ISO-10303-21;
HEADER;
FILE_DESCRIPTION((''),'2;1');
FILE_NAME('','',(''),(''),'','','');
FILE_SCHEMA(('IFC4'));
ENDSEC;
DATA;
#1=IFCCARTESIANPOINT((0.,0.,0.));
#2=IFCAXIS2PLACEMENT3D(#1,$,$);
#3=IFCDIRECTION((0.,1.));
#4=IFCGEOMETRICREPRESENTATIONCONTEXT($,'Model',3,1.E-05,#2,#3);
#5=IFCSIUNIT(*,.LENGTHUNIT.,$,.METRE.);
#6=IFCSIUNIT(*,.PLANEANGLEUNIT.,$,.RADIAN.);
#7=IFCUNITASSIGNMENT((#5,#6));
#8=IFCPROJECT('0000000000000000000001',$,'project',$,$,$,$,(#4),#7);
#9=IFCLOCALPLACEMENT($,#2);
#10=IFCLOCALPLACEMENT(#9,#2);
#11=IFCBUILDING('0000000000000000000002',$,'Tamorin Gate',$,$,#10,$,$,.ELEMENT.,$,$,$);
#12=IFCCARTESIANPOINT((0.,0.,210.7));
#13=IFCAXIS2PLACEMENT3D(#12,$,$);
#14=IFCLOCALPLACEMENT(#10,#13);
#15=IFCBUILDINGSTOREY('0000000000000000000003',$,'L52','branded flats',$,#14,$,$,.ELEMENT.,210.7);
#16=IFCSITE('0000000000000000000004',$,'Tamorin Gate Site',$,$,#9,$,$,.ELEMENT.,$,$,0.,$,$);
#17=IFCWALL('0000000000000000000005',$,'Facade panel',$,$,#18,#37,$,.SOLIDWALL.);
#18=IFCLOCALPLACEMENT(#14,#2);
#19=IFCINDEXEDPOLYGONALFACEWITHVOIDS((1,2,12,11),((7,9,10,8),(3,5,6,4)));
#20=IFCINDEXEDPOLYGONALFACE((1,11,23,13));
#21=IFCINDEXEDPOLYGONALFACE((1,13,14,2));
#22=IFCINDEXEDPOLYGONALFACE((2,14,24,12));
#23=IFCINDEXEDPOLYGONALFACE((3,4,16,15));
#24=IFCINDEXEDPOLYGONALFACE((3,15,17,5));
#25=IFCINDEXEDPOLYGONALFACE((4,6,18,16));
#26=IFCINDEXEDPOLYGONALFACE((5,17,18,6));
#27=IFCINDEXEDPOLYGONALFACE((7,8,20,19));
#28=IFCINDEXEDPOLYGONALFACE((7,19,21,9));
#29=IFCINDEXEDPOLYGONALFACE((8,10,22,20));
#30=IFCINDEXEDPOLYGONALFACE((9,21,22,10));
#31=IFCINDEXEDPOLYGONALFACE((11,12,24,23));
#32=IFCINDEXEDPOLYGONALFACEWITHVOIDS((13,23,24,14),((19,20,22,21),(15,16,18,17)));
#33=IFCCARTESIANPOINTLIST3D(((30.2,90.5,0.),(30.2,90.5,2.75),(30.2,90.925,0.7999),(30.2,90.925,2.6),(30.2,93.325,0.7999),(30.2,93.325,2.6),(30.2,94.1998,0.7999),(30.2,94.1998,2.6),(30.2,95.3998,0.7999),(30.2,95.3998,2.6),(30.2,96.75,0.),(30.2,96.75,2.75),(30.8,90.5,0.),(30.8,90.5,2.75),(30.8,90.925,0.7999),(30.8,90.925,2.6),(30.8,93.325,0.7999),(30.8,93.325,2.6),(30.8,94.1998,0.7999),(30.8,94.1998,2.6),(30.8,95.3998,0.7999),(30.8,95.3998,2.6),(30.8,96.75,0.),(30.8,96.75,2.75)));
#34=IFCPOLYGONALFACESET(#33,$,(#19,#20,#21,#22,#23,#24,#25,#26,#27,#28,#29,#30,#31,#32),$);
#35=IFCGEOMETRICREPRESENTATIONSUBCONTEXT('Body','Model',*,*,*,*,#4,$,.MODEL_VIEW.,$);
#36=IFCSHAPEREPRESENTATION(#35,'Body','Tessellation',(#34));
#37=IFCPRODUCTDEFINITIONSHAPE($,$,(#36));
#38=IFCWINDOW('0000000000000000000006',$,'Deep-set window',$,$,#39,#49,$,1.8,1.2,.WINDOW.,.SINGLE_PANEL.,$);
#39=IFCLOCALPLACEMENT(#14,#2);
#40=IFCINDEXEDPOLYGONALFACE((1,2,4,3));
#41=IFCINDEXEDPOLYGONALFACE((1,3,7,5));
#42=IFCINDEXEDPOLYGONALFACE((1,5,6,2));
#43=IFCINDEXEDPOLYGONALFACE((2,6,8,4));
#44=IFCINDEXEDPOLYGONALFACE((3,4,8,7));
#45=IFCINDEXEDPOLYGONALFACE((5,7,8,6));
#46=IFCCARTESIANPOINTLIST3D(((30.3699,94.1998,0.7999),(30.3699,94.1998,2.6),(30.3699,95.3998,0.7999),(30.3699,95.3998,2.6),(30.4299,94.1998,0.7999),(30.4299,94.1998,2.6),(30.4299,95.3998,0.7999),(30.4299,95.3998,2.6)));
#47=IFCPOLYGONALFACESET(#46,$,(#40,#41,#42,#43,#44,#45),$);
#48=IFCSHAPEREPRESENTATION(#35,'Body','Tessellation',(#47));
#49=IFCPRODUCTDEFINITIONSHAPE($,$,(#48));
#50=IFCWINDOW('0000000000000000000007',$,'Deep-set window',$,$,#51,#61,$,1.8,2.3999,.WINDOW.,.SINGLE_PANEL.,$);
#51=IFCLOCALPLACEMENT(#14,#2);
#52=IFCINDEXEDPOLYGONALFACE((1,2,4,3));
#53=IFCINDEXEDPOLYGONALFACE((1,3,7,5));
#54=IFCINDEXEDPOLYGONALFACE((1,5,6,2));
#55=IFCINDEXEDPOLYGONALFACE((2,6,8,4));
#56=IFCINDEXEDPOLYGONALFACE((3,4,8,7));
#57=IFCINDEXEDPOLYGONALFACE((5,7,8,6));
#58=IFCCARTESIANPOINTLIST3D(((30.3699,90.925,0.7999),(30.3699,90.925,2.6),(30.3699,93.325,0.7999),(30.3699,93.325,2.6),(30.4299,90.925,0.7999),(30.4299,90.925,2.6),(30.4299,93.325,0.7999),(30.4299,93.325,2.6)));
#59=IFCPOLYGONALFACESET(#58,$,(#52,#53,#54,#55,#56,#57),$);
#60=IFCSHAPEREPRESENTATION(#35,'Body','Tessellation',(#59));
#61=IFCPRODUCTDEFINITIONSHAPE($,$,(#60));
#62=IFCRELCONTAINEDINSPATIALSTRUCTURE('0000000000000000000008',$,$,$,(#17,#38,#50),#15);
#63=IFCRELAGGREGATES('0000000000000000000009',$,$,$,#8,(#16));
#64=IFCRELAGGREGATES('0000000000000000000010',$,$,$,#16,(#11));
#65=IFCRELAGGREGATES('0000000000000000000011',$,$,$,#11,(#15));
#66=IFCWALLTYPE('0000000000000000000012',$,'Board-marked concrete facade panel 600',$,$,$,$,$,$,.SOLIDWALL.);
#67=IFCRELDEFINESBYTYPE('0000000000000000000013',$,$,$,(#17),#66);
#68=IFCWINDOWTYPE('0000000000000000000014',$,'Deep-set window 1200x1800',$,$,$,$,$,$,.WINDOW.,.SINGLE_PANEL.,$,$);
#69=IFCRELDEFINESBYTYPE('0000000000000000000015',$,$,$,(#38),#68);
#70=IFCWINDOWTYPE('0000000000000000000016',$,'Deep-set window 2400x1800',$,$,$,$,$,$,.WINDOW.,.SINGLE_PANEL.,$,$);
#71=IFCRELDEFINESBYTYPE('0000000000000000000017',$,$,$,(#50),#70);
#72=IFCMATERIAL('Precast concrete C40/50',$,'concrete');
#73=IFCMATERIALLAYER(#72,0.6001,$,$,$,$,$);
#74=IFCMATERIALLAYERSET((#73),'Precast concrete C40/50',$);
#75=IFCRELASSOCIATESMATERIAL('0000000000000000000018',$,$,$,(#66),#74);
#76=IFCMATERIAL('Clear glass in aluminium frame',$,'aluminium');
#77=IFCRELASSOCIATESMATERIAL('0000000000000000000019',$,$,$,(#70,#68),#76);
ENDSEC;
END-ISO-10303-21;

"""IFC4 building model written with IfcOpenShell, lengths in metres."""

from ifc_helpers import new_model, si_unit, direction, frame, frame_2d, origin, place, context, subcontext, project, spatial, rectangle, extrude, material, layer, layer_set, type_object, element, fill, save


model = new_model("IFC4")

# Units and contexts
model_context = context("Model", 3, precision=1e-05, world=origin(), true_north=direction((0.0, 1.0)))
body_context = subcontext(model_context, "Body", "Model", "MODEL_VIEW")
ifc_project = project(units=[si_unit("LENGTHUNIT", "METRE"), si_unit("PLANEANGLEUNIT", "RADIAN")], contexts=[model_context])

# Site, building, storey
site_placement = place(None, origin())
site = spatial("IfcSite", under=ifc_project, at=site_placement, Name="Tamorin Gate Site", CompositionType="ELEMENT", RefElevation=0.0)
building_placement = place(site_placement, origin())
building = spatial("IfcBuilding", under=site, at=building_placement, Name="Tamorin Gate", CompositionType="ELEMENT")
storey_placement = place(building_placement, frame((0.0, 0.0, 210.7)))
storey = spatial("IfcBuildingStorey", under=building, at=storey_placement, Name="L52", Description="branded flats", CompositionType="ELEMENT", Elevation=210.7)

# Shared definitions
ifc_material_1 = material(Name="Precast concrete C40/50", Category="concrete")
ifc_layer = layer(ifc_material_1, 0.6001)
ifc_layer_set = layer_set([ifc_layer], Name="Precast concrete C40/50")
wall_type = type_object("IfcWallType", Name="Board-marked concrete facade panel 600", PredefinedType="SOLIDWALL", material=ifc_layer_set)

# Shared definitions
ifc_material_2 = material(Name="Clear glass in aluminium frame", Category="aluminium")
window_type_1 = type_object("IfcWindowType", Name="Deep-set window 2400x1800", PartitioningType="SINGLE_PANEL", PredefinedType="WINDOW", material=ifc_material_2)

# Wall, openings, windows
wall_1_placement = place(storey_placement, frame((30.5, 96.75, 0.0), z_axis=(0.0, 0.0, 1.0), x_axis=(0.0, -1.0, 0.0)))
wall_1 = element("IfcWall", 1, at=wall_1_placement, inside=storey, type_object=wall_type, Name="Facade panel", PredefinedType="SOLIDWALL", context=body_context, shape_type="SweptSolid", body=[
    extrude(rectangle(XDim=6.25, YDim=0.6001, at=frame_2d((3.125, 0.0))), origin(), (0.0, 0.0, 1.0), 2.75),
])
opening_1_placement = place(wall_1_placement, frame((3.425, 0.0, 0.8)))
opening_1 = element("IfcOpeningElement", 2, at=opening_1_placement, cuts=wall_1, PredefinedType="OPENING", context=body_context, shape_type="SweptSolid", body=[
    extrude(rectangle(XDim=2.3999, YDim=1.8, at=frame_2d((1.2, 0.8999))), frame((0.0, 0.3101, 0.0), z_axis=(0.0, -1.0, 0.0), x_axis=(1.0, 0.0, 0.0)), (0.0, 0.0, 1.0), 0.6201),
])
opening_2_placement = place(wall_1_placement, frame((1.3501, 0.0, 0.8)))
opening_2 = element("IfcOpeningElement", 3, at=opening_2_placement, cuts=wall_1, PredefinedType="OPENING", context=body_context, shape_type="SweptSolid", body=[
    extrude(rectangle(XDim=1.2, YDim=1.8, at=frame_2d((0.6001, 0.8999))), frame((0.0, 0.3101, 0.0), z_axis=(0.0, -1.0, 0.0), x_axis=(1.0, 0.0, 0.0)), (0.0, 0.0, 1.0), 0.6201),
])
window_type_2 = type_object("IfcWindowType", Name="Deep-set window 1200x1800", PartitioningType="SINGLE_PANEL", PredefinedType="WINDOW", material=ifc_material_2)
window_1_placement = place(opening_2_placement, origin())
window_1 = element("IfcWindow", 4, at=window_1_placement, inside=storey, type_object=window_type_2, Name="Deep-set window", OverallHeight=1.8, OverallWidth=1.2, PartitioningType="SINGLE_PANEL", PredefinedType="WINDOW", context=body_context, shape_type="SweptSolid", body=[
    extrude(rectangle(XDim=1.2, YDim=1.8, at=frame_2d((0.6001, 0.8999))), frame((0.0, -0.0701, 0.0), z_axis=(0.0, -1.0, 0.0), x_axis=(1.0, 0.0, 0.0)), (0.0, 0.0, 1.0), 0.0601),
])
fill(opening_2, window_1)
window_2_placement = place(opening_1_placement, origin())
window_2 = element("IfcWindow", 5, at=window_2_placement, inside=storey, type_object=window_type_1, Name="Deep-set window", OverallHeight=1.8, OverallWidth=2.3999, PartitioningType="SINGLE_PANEL", PredefinedType="WINDOW", context=body_context, shape_type="SweptSolid", body=[
    extrude(rectangle(XDim=2.3999, YDim=1.8, at=frame_2d((1.2, 0.8999))), frame((0.0, -0.0701, 0.0), z_axis=(0.0, -1.0, 0.0), x_axis=(1.0, 0.0, 0.0)), (0.0, 0.0, 1.0), 0.0601),
])
fill(opening_1, window_2)

save(model, "model.ifc")
